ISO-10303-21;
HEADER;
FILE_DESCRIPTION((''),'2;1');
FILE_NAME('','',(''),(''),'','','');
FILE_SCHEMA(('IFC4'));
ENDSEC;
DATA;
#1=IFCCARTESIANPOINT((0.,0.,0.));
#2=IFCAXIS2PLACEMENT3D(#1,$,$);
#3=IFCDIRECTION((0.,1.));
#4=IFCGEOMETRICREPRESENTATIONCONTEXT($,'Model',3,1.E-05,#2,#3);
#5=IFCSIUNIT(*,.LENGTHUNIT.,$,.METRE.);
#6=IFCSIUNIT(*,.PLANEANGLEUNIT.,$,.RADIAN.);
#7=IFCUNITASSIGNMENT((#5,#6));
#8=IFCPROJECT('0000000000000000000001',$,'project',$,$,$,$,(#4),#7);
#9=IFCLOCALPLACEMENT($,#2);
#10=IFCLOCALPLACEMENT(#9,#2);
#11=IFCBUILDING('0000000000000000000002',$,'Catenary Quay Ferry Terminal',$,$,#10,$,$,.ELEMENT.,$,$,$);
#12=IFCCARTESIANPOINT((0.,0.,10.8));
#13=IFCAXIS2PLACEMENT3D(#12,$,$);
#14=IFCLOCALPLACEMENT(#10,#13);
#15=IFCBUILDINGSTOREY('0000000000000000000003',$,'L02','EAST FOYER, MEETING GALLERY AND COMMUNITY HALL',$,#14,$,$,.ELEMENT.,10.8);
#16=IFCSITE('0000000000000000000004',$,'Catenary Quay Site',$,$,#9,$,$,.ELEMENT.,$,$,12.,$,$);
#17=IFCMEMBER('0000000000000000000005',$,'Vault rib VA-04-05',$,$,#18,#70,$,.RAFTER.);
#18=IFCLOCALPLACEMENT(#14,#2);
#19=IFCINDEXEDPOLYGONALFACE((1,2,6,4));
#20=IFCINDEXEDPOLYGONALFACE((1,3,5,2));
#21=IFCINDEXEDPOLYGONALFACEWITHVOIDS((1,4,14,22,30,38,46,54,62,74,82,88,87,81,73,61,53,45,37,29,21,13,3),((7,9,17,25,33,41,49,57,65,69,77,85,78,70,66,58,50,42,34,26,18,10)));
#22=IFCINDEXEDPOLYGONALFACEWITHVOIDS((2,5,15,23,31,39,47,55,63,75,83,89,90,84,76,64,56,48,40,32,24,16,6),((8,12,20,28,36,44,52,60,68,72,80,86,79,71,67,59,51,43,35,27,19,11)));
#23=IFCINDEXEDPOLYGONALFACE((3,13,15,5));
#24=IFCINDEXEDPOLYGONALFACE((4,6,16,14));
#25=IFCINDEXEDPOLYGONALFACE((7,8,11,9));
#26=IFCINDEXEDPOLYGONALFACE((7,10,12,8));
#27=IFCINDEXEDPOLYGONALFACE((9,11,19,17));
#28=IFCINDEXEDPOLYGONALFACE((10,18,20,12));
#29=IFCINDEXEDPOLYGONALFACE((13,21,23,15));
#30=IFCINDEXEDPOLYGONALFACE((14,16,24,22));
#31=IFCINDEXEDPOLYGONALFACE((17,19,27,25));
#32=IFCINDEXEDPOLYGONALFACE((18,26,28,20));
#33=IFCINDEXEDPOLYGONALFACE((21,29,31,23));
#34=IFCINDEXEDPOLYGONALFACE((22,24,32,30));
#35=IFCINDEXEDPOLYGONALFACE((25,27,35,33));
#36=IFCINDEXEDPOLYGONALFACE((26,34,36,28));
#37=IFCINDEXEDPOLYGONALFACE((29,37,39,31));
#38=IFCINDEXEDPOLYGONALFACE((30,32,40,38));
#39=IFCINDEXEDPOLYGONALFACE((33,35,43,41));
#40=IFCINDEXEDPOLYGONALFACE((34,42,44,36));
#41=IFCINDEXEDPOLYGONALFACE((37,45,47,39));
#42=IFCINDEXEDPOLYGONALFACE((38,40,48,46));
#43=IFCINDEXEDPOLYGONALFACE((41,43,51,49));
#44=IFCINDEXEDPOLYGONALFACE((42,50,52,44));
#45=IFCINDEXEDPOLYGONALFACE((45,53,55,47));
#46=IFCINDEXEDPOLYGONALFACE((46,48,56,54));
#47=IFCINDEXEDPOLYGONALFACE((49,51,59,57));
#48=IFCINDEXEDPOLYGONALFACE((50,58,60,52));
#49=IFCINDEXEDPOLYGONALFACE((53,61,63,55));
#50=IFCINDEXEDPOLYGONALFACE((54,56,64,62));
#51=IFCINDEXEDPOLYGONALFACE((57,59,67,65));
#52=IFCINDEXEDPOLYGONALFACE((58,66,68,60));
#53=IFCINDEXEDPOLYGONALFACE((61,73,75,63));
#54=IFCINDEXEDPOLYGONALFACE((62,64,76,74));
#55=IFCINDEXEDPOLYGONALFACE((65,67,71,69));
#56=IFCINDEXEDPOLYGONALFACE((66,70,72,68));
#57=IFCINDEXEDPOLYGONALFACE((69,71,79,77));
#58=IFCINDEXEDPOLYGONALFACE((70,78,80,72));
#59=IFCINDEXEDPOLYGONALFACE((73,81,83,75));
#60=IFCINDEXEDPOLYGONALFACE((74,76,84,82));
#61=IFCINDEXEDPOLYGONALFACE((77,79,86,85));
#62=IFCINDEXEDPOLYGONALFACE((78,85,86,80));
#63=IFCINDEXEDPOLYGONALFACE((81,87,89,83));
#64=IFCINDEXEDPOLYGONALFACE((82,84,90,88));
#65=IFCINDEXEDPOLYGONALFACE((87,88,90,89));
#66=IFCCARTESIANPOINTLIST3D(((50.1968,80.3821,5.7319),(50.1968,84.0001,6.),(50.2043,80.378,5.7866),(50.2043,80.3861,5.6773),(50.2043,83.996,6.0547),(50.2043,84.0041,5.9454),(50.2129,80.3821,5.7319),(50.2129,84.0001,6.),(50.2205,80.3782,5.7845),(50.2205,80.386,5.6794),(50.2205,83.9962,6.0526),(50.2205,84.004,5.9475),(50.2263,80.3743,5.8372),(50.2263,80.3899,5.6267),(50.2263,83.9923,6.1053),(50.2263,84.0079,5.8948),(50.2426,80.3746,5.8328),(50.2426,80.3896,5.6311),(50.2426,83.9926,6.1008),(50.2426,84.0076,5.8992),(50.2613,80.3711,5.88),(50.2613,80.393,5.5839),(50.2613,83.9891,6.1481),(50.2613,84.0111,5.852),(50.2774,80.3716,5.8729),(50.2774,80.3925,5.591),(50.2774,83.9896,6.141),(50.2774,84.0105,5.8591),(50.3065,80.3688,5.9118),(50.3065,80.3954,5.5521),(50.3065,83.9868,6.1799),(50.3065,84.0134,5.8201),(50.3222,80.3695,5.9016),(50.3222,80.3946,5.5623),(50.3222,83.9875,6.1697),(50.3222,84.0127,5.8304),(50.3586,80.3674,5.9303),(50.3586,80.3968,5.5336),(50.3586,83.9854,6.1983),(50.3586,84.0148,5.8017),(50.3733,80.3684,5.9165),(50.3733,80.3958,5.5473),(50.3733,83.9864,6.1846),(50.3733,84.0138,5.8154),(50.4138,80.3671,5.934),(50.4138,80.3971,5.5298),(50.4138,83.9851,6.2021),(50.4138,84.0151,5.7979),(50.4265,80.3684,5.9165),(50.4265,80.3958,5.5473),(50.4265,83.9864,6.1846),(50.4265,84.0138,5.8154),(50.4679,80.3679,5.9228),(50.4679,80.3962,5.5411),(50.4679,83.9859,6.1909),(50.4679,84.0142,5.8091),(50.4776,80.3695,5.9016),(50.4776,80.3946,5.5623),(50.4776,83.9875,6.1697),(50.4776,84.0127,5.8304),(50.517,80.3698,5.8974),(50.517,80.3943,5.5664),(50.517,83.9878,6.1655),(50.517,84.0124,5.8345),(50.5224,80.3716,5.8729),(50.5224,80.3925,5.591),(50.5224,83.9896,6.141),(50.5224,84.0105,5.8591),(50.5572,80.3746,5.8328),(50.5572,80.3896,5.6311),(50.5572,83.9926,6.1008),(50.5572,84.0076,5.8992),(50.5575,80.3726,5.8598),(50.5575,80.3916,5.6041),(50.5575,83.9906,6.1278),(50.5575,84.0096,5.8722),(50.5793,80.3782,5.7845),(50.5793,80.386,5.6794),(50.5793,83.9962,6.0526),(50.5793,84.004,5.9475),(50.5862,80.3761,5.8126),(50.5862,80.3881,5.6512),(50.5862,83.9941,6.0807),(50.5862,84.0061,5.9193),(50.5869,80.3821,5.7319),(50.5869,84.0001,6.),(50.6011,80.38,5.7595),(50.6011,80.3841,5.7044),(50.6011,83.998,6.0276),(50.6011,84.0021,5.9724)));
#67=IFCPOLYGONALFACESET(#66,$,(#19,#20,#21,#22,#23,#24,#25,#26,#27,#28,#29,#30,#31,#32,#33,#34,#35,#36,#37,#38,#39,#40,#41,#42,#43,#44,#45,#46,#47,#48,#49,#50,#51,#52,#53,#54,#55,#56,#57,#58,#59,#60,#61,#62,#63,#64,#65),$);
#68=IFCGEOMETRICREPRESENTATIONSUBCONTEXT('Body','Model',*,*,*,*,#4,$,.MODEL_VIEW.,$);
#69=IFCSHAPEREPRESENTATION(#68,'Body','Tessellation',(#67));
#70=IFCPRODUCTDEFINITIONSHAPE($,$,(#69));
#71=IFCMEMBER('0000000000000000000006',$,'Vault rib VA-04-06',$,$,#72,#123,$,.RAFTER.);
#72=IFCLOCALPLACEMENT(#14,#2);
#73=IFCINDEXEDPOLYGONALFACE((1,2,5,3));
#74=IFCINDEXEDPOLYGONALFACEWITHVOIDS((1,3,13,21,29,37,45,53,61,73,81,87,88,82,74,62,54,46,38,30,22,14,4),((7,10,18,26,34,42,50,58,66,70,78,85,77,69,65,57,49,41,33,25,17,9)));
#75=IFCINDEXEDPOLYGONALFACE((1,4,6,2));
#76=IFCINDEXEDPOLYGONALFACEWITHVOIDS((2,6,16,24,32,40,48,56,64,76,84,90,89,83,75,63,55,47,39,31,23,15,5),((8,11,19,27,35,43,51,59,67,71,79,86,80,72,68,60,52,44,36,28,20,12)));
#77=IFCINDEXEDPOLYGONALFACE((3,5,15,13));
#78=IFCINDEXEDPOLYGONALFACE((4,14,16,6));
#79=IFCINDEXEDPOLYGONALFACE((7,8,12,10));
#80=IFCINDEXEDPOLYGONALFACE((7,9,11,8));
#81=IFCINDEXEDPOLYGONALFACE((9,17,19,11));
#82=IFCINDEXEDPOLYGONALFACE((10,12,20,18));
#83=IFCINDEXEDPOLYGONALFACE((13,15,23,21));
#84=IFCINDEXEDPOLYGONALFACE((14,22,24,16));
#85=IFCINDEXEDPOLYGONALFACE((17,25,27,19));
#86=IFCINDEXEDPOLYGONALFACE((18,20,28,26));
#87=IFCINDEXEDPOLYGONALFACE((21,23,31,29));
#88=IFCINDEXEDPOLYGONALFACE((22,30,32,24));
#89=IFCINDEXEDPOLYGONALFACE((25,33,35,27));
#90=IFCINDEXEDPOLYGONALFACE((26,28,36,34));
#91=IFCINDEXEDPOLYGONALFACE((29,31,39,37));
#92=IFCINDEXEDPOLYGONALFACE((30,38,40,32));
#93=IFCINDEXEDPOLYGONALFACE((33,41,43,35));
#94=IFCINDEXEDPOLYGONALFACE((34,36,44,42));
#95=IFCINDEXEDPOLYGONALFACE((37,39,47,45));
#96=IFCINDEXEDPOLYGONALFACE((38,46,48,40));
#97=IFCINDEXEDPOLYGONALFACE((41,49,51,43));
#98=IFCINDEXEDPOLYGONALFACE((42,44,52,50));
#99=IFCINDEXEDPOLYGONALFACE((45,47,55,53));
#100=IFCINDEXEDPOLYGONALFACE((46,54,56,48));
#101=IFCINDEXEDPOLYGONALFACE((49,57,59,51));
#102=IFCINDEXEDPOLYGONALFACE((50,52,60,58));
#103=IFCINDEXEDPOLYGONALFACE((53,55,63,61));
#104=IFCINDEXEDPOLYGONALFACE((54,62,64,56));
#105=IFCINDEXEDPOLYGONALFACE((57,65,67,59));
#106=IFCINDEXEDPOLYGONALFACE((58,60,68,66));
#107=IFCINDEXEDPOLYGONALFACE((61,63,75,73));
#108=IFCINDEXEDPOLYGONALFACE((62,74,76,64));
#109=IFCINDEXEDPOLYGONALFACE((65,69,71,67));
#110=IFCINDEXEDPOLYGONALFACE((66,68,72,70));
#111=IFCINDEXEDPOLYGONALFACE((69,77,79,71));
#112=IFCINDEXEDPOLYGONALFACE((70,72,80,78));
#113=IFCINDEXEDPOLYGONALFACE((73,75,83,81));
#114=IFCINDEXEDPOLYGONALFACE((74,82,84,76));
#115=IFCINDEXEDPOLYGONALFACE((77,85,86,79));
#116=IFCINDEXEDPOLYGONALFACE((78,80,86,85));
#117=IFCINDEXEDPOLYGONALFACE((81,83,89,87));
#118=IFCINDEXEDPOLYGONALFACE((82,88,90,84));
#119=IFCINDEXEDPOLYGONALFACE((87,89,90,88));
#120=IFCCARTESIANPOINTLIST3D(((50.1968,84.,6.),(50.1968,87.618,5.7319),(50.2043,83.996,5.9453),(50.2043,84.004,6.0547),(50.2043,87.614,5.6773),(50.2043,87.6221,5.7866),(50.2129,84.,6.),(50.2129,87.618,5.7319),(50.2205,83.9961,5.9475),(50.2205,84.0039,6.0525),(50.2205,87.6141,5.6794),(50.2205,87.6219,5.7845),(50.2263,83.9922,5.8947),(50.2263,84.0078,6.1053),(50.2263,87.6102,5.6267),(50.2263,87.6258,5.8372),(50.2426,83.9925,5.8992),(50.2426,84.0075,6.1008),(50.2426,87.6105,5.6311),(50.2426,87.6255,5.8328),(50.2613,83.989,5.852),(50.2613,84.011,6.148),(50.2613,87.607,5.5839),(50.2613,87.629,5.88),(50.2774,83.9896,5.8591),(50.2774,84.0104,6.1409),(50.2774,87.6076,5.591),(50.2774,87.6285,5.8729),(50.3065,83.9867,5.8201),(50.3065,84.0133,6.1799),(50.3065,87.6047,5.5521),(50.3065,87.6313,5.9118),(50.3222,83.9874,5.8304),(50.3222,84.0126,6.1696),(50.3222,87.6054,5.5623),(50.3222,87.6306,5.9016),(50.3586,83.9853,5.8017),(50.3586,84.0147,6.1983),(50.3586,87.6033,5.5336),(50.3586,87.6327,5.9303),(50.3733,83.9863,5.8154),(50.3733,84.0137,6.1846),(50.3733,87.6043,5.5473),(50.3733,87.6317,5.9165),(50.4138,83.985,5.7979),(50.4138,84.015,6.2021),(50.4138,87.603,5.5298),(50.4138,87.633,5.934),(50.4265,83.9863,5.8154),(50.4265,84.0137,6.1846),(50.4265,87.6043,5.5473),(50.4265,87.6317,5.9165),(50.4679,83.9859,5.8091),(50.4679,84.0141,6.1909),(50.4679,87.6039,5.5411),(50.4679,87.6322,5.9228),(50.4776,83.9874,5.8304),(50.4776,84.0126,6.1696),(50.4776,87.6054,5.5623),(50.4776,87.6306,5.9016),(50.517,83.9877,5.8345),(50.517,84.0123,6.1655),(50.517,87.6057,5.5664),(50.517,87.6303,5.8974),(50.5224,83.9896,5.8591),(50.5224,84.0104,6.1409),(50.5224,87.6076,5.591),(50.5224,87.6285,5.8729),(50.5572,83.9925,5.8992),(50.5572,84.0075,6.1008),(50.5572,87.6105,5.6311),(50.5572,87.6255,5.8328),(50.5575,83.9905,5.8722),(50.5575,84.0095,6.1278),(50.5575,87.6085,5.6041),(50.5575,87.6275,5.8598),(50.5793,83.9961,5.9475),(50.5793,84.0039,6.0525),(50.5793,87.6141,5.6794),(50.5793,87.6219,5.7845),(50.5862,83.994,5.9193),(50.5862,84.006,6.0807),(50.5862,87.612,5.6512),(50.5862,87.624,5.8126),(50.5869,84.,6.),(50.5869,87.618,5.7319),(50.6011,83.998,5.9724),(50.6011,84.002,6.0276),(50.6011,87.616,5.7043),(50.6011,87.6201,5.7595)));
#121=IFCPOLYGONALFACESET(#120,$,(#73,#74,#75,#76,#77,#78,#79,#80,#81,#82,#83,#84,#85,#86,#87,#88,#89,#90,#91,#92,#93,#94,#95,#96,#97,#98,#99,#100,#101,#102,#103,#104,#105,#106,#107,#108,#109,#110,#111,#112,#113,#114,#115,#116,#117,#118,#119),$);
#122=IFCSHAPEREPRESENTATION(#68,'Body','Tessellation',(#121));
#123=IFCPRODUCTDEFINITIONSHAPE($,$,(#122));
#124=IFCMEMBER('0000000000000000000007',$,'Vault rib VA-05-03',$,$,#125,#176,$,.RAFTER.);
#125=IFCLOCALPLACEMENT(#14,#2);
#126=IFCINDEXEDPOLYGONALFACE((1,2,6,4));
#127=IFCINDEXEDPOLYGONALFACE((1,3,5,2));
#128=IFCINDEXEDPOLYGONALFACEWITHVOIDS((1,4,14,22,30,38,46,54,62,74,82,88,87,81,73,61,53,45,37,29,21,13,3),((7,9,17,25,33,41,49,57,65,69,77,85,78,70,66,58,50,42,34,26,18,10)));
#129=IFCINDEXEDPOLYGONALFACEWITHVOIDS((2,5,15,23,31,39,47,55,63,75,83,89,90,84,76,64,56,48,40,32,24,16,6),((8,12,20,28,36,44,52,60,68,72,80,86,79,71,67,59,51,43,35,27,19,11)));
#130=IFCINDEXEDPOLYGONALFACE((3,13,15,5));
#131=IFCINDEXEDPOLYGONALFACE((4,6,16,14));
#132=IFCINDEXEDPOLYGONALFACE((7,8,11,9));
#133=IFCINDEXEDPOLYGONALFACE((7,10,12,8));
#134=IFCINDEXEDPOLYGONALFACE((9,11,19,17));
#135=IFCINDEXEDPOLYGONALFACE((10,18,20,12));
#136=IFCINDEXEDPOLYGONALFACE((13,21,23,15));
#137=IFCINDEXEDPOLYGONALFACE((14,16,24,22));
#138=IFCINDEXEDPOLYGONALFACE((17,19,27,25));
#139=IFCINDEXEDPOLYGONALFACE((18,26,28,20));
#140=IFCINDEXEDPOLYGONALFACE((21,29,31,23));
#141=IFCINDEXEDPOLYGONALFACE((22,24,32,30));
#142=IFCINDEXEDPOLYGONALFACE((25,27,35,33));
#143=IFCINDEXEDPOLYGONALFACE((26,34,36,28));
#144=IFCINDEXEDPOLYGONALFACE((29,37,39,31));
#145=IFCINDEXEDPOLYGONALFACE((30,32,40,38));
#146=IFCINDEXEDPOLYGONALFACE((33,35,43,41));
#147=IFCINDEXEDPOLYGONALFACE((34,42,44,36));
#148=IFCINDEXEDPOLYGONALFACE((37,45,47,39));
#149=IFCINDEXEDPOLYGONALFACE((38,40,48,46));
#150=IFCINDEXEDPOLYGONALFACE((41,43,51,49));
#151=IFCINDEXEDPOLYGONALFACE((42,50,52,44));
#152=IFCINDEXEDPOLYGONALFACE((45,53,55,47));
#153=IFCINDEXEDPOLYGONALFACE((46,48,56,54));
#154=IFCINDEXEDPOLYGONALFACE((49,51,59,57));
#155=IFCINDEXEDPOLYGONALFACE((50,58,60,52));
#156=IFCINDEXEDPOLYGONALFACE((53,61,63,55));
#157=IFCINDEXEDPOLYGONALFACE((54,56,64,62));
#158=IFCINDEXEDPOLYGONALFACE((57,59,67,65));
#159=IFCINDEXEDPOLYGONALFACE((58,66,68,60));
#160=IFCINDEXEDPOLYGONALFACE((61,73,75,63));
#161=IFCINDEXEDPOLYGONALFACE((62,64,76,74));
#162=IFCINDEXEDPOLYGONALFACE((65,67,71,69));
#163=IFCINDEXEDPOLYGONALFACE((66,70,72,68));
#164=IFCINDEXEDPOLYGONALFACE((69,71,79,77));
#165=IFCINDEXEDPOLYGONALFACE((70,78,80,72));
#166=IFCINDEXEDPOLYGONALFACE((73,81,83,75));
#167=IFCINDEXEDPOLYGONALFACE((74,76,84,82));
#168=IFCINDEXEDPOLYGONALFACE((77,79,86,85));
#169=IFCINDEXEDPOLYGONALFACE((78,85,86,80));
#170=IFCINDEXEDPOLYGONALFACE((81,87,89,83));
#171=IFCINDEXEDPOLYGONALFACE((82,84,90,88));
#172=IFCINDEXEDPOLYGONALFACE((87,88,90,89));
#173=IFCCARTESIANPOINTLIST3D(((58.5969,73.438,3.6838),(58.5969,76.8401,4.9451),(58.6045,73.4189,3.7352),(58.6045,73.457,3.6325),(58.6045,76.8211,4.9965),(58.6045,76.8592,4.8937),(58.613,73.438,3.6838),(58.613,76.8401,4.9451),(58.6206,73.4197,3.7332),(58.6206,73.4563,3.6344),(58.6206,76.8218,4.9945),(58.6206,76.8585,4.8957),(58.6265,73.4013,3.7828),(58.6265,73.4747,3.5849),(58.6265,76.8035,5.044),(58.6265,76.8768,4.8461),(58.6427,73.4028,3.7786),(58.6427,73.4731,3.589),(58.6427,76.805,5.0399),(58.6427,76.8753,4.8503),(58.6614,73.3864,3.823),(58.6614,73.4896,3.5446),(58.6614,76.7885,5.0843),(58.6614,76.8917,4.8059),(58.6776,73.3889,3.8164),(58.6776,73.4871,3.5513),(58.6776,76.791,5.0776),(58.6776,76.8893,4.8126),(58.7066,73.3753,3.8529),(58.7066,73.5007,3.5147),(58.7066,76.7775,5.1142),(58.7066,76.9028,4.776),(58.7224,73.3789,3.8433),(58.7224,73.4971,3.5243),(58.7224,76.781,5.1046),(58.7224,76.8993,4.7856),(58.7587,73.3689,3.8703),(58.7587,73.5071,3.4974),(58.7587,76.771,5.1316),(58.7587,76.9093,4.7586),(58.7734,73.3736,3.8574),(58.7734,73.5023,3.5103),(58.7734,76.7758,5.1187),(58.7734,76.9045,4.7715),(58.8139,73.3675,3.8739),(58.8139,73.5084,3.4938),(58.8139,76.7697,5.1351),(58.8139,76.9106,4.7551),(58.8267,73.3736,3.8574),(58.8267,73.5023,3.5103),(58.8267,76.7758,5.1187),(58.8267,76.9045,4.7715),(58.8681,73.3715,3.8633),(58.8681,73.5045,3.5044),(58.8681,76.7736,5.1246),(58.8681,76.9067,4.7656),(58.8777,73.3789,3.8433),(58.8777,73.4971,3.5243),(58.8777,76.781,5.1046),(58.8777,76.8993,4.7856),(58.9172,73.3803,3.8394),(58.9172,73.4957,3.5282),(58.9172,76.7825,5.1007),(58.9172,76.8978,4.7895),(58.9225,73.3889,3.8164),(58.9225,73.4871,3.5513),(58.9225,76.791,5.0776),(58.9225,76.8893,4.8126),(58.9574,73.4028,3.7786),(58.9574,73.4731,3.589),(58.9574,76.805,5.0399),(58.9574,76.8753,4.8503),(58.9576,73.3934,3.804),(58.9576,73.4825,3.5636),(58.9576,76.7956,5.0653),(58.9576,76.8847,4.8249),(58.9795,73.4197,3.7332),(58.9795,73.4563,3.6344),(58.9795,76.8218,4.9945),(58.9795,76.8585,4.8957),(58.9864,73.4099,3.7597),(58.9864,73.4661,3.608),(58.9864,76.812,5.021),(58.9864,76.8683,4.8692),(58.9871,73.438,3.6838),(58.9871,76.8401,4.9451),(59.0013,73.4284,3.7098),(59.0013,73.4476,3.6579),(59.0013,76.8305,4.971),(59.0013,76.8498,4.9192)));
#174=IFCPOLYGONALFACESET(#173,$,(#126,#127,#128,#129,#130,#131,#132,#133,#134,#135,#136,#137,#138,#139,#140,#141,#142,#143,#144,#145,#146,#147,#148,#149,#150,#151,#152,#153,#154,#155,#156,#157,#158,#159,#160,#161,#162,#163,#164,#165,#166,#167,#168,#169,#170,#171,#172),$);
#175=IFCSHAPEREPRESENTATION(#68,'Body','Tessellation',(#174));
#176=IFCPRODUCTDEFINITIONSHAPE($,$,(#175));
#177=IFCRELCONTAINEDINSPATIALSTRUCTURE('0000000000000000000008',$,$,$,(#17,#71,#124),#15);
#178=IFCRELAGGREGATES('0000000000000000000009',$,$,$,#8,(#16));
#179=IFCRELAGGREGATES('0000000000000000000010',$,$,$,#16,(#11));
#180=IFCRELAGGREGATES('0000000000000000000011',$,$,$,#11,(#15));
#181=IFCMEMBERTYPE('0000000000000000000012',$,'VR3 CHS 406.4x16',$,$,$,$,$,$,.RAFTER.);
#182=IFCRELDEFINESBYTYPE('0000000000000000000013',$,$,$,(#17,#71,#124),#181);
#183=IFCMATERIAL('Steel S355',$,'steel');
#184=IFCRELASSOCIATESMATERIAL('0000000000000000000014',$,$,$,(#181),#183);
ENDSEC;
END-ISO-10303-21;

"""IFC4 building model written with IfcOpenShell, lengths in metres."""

from ifc_helpers import new_model, si_unit, direction, frame, origin, origin_2d, place, context, subcontext, project, spatial, hollow_circle, extrude, material, material_profile, profile_set, type_object, element, save


model = new_model("IFC4")

# Units and contexts
model_context = context("Model", 3, precision=1e-05, world=origin(), true_north=direction((0.0, 1.0)))
body_context = subcontext(model_context, "Body", "Model", "MODEL_VIEW")
ifc_project = project(units=[si_unit("LENGTHUNIT", "METRE"), si_unit("PLANEANGLEUNIT", "RADIAN")], contexts=[model_context])

# Site, building, storey
site_placement = place(None, origin())
site = spatial("IfcSite", under=ifc_project, at=site_placement, Name="Catenary Quay Site", CompositionType="ELEMENT", RefElevation=12.0)
building_placement = place(site_placement, origin())
building = spatial("IfcBuilding", under=site, at=building_placement, Name="Catenary Quay Ferry Terminal", CompositionType="ELEMENT")
storey_placement = place(building_placement, frame((0.0, 0.0, 10.8)))
storey = spatial("IfcBuildingStorey", under=building, at=storey_placement, Name="L02", Description="EAST FOYER, MEETING GALLERY AND COMMUNITY HALL", CompositionType="ELEMENT", Elevation=10.8)

# Members
ifc_material_1 = material(Name="Steel S355", Category="steel")
ifc_material_profile_1 = material_profile(ifc_material_1, hollow_circle(Radius=0.2031, WallThickness=0.0161, at=origin_2d()), Name="CHS 406.4x16")
ifc_profile_set_1 = profile_set([ifc_material_profile_1], Name="Steel S355")
member_type_1 = type_object("IfcMemberType", Name="VR3 CHS 406.4x16", PredefinedType="RAFTER", material=ifc_profile_set_1)
for number, where, z_axis, x_axis, name in (
    (1, (50.3999, 80.3821, 5.7319), (0.0, 0.997266, 0.073892), (-1.0, 0.0, 0.0), "Vault rib VA-04-05"),
    (2, (50.3999, 84.0, 6.0), (0.0, 0.997266, -0.073892), (-1.0, 0.0, 0.0), "Vault rib VA-04-06"),
):
    element("IfcMember", number, at=place(storey_placement, frame(where, z_axis=z_axis, x_axis=x_axis)), inside=storey, type_object=member_type_1, Name=name, PredefinedType="RAFTER", context=body_context, shape_type="SweptSolid", body=[
        extrude(hollow_circle(Radius=0.2031, WallThickness=0.0161, at=origin_2d()), origin(), (0.0, 0.0, 1.0), 3.6279),
    ])
for number, where, z_axis, x_axis, name in (
    (3, (58.8, 73.438, 3.6838), (0.0, 0.937642, 0.347604), (-1.0, 0.0, 0.0), "Vault rib VA-05-03"),
):
    element("IfcMember", number, at=place(storey_placement, frame(where, z_axis=z_axis, x_axis=x_axis)), inside=storey, type_object=member_type_1, Name=name, PredefinedType="RAFTER", context=body_context, shape_type="SweptSolid", body=[
        extrude(hollow_circle(Radius=0.2031, WallThickness=0.0161, at=origin_2d()), origin(), (0.0, 0.0, 1.0), 3.6284),
    ])

save(model, "model.ifc")
